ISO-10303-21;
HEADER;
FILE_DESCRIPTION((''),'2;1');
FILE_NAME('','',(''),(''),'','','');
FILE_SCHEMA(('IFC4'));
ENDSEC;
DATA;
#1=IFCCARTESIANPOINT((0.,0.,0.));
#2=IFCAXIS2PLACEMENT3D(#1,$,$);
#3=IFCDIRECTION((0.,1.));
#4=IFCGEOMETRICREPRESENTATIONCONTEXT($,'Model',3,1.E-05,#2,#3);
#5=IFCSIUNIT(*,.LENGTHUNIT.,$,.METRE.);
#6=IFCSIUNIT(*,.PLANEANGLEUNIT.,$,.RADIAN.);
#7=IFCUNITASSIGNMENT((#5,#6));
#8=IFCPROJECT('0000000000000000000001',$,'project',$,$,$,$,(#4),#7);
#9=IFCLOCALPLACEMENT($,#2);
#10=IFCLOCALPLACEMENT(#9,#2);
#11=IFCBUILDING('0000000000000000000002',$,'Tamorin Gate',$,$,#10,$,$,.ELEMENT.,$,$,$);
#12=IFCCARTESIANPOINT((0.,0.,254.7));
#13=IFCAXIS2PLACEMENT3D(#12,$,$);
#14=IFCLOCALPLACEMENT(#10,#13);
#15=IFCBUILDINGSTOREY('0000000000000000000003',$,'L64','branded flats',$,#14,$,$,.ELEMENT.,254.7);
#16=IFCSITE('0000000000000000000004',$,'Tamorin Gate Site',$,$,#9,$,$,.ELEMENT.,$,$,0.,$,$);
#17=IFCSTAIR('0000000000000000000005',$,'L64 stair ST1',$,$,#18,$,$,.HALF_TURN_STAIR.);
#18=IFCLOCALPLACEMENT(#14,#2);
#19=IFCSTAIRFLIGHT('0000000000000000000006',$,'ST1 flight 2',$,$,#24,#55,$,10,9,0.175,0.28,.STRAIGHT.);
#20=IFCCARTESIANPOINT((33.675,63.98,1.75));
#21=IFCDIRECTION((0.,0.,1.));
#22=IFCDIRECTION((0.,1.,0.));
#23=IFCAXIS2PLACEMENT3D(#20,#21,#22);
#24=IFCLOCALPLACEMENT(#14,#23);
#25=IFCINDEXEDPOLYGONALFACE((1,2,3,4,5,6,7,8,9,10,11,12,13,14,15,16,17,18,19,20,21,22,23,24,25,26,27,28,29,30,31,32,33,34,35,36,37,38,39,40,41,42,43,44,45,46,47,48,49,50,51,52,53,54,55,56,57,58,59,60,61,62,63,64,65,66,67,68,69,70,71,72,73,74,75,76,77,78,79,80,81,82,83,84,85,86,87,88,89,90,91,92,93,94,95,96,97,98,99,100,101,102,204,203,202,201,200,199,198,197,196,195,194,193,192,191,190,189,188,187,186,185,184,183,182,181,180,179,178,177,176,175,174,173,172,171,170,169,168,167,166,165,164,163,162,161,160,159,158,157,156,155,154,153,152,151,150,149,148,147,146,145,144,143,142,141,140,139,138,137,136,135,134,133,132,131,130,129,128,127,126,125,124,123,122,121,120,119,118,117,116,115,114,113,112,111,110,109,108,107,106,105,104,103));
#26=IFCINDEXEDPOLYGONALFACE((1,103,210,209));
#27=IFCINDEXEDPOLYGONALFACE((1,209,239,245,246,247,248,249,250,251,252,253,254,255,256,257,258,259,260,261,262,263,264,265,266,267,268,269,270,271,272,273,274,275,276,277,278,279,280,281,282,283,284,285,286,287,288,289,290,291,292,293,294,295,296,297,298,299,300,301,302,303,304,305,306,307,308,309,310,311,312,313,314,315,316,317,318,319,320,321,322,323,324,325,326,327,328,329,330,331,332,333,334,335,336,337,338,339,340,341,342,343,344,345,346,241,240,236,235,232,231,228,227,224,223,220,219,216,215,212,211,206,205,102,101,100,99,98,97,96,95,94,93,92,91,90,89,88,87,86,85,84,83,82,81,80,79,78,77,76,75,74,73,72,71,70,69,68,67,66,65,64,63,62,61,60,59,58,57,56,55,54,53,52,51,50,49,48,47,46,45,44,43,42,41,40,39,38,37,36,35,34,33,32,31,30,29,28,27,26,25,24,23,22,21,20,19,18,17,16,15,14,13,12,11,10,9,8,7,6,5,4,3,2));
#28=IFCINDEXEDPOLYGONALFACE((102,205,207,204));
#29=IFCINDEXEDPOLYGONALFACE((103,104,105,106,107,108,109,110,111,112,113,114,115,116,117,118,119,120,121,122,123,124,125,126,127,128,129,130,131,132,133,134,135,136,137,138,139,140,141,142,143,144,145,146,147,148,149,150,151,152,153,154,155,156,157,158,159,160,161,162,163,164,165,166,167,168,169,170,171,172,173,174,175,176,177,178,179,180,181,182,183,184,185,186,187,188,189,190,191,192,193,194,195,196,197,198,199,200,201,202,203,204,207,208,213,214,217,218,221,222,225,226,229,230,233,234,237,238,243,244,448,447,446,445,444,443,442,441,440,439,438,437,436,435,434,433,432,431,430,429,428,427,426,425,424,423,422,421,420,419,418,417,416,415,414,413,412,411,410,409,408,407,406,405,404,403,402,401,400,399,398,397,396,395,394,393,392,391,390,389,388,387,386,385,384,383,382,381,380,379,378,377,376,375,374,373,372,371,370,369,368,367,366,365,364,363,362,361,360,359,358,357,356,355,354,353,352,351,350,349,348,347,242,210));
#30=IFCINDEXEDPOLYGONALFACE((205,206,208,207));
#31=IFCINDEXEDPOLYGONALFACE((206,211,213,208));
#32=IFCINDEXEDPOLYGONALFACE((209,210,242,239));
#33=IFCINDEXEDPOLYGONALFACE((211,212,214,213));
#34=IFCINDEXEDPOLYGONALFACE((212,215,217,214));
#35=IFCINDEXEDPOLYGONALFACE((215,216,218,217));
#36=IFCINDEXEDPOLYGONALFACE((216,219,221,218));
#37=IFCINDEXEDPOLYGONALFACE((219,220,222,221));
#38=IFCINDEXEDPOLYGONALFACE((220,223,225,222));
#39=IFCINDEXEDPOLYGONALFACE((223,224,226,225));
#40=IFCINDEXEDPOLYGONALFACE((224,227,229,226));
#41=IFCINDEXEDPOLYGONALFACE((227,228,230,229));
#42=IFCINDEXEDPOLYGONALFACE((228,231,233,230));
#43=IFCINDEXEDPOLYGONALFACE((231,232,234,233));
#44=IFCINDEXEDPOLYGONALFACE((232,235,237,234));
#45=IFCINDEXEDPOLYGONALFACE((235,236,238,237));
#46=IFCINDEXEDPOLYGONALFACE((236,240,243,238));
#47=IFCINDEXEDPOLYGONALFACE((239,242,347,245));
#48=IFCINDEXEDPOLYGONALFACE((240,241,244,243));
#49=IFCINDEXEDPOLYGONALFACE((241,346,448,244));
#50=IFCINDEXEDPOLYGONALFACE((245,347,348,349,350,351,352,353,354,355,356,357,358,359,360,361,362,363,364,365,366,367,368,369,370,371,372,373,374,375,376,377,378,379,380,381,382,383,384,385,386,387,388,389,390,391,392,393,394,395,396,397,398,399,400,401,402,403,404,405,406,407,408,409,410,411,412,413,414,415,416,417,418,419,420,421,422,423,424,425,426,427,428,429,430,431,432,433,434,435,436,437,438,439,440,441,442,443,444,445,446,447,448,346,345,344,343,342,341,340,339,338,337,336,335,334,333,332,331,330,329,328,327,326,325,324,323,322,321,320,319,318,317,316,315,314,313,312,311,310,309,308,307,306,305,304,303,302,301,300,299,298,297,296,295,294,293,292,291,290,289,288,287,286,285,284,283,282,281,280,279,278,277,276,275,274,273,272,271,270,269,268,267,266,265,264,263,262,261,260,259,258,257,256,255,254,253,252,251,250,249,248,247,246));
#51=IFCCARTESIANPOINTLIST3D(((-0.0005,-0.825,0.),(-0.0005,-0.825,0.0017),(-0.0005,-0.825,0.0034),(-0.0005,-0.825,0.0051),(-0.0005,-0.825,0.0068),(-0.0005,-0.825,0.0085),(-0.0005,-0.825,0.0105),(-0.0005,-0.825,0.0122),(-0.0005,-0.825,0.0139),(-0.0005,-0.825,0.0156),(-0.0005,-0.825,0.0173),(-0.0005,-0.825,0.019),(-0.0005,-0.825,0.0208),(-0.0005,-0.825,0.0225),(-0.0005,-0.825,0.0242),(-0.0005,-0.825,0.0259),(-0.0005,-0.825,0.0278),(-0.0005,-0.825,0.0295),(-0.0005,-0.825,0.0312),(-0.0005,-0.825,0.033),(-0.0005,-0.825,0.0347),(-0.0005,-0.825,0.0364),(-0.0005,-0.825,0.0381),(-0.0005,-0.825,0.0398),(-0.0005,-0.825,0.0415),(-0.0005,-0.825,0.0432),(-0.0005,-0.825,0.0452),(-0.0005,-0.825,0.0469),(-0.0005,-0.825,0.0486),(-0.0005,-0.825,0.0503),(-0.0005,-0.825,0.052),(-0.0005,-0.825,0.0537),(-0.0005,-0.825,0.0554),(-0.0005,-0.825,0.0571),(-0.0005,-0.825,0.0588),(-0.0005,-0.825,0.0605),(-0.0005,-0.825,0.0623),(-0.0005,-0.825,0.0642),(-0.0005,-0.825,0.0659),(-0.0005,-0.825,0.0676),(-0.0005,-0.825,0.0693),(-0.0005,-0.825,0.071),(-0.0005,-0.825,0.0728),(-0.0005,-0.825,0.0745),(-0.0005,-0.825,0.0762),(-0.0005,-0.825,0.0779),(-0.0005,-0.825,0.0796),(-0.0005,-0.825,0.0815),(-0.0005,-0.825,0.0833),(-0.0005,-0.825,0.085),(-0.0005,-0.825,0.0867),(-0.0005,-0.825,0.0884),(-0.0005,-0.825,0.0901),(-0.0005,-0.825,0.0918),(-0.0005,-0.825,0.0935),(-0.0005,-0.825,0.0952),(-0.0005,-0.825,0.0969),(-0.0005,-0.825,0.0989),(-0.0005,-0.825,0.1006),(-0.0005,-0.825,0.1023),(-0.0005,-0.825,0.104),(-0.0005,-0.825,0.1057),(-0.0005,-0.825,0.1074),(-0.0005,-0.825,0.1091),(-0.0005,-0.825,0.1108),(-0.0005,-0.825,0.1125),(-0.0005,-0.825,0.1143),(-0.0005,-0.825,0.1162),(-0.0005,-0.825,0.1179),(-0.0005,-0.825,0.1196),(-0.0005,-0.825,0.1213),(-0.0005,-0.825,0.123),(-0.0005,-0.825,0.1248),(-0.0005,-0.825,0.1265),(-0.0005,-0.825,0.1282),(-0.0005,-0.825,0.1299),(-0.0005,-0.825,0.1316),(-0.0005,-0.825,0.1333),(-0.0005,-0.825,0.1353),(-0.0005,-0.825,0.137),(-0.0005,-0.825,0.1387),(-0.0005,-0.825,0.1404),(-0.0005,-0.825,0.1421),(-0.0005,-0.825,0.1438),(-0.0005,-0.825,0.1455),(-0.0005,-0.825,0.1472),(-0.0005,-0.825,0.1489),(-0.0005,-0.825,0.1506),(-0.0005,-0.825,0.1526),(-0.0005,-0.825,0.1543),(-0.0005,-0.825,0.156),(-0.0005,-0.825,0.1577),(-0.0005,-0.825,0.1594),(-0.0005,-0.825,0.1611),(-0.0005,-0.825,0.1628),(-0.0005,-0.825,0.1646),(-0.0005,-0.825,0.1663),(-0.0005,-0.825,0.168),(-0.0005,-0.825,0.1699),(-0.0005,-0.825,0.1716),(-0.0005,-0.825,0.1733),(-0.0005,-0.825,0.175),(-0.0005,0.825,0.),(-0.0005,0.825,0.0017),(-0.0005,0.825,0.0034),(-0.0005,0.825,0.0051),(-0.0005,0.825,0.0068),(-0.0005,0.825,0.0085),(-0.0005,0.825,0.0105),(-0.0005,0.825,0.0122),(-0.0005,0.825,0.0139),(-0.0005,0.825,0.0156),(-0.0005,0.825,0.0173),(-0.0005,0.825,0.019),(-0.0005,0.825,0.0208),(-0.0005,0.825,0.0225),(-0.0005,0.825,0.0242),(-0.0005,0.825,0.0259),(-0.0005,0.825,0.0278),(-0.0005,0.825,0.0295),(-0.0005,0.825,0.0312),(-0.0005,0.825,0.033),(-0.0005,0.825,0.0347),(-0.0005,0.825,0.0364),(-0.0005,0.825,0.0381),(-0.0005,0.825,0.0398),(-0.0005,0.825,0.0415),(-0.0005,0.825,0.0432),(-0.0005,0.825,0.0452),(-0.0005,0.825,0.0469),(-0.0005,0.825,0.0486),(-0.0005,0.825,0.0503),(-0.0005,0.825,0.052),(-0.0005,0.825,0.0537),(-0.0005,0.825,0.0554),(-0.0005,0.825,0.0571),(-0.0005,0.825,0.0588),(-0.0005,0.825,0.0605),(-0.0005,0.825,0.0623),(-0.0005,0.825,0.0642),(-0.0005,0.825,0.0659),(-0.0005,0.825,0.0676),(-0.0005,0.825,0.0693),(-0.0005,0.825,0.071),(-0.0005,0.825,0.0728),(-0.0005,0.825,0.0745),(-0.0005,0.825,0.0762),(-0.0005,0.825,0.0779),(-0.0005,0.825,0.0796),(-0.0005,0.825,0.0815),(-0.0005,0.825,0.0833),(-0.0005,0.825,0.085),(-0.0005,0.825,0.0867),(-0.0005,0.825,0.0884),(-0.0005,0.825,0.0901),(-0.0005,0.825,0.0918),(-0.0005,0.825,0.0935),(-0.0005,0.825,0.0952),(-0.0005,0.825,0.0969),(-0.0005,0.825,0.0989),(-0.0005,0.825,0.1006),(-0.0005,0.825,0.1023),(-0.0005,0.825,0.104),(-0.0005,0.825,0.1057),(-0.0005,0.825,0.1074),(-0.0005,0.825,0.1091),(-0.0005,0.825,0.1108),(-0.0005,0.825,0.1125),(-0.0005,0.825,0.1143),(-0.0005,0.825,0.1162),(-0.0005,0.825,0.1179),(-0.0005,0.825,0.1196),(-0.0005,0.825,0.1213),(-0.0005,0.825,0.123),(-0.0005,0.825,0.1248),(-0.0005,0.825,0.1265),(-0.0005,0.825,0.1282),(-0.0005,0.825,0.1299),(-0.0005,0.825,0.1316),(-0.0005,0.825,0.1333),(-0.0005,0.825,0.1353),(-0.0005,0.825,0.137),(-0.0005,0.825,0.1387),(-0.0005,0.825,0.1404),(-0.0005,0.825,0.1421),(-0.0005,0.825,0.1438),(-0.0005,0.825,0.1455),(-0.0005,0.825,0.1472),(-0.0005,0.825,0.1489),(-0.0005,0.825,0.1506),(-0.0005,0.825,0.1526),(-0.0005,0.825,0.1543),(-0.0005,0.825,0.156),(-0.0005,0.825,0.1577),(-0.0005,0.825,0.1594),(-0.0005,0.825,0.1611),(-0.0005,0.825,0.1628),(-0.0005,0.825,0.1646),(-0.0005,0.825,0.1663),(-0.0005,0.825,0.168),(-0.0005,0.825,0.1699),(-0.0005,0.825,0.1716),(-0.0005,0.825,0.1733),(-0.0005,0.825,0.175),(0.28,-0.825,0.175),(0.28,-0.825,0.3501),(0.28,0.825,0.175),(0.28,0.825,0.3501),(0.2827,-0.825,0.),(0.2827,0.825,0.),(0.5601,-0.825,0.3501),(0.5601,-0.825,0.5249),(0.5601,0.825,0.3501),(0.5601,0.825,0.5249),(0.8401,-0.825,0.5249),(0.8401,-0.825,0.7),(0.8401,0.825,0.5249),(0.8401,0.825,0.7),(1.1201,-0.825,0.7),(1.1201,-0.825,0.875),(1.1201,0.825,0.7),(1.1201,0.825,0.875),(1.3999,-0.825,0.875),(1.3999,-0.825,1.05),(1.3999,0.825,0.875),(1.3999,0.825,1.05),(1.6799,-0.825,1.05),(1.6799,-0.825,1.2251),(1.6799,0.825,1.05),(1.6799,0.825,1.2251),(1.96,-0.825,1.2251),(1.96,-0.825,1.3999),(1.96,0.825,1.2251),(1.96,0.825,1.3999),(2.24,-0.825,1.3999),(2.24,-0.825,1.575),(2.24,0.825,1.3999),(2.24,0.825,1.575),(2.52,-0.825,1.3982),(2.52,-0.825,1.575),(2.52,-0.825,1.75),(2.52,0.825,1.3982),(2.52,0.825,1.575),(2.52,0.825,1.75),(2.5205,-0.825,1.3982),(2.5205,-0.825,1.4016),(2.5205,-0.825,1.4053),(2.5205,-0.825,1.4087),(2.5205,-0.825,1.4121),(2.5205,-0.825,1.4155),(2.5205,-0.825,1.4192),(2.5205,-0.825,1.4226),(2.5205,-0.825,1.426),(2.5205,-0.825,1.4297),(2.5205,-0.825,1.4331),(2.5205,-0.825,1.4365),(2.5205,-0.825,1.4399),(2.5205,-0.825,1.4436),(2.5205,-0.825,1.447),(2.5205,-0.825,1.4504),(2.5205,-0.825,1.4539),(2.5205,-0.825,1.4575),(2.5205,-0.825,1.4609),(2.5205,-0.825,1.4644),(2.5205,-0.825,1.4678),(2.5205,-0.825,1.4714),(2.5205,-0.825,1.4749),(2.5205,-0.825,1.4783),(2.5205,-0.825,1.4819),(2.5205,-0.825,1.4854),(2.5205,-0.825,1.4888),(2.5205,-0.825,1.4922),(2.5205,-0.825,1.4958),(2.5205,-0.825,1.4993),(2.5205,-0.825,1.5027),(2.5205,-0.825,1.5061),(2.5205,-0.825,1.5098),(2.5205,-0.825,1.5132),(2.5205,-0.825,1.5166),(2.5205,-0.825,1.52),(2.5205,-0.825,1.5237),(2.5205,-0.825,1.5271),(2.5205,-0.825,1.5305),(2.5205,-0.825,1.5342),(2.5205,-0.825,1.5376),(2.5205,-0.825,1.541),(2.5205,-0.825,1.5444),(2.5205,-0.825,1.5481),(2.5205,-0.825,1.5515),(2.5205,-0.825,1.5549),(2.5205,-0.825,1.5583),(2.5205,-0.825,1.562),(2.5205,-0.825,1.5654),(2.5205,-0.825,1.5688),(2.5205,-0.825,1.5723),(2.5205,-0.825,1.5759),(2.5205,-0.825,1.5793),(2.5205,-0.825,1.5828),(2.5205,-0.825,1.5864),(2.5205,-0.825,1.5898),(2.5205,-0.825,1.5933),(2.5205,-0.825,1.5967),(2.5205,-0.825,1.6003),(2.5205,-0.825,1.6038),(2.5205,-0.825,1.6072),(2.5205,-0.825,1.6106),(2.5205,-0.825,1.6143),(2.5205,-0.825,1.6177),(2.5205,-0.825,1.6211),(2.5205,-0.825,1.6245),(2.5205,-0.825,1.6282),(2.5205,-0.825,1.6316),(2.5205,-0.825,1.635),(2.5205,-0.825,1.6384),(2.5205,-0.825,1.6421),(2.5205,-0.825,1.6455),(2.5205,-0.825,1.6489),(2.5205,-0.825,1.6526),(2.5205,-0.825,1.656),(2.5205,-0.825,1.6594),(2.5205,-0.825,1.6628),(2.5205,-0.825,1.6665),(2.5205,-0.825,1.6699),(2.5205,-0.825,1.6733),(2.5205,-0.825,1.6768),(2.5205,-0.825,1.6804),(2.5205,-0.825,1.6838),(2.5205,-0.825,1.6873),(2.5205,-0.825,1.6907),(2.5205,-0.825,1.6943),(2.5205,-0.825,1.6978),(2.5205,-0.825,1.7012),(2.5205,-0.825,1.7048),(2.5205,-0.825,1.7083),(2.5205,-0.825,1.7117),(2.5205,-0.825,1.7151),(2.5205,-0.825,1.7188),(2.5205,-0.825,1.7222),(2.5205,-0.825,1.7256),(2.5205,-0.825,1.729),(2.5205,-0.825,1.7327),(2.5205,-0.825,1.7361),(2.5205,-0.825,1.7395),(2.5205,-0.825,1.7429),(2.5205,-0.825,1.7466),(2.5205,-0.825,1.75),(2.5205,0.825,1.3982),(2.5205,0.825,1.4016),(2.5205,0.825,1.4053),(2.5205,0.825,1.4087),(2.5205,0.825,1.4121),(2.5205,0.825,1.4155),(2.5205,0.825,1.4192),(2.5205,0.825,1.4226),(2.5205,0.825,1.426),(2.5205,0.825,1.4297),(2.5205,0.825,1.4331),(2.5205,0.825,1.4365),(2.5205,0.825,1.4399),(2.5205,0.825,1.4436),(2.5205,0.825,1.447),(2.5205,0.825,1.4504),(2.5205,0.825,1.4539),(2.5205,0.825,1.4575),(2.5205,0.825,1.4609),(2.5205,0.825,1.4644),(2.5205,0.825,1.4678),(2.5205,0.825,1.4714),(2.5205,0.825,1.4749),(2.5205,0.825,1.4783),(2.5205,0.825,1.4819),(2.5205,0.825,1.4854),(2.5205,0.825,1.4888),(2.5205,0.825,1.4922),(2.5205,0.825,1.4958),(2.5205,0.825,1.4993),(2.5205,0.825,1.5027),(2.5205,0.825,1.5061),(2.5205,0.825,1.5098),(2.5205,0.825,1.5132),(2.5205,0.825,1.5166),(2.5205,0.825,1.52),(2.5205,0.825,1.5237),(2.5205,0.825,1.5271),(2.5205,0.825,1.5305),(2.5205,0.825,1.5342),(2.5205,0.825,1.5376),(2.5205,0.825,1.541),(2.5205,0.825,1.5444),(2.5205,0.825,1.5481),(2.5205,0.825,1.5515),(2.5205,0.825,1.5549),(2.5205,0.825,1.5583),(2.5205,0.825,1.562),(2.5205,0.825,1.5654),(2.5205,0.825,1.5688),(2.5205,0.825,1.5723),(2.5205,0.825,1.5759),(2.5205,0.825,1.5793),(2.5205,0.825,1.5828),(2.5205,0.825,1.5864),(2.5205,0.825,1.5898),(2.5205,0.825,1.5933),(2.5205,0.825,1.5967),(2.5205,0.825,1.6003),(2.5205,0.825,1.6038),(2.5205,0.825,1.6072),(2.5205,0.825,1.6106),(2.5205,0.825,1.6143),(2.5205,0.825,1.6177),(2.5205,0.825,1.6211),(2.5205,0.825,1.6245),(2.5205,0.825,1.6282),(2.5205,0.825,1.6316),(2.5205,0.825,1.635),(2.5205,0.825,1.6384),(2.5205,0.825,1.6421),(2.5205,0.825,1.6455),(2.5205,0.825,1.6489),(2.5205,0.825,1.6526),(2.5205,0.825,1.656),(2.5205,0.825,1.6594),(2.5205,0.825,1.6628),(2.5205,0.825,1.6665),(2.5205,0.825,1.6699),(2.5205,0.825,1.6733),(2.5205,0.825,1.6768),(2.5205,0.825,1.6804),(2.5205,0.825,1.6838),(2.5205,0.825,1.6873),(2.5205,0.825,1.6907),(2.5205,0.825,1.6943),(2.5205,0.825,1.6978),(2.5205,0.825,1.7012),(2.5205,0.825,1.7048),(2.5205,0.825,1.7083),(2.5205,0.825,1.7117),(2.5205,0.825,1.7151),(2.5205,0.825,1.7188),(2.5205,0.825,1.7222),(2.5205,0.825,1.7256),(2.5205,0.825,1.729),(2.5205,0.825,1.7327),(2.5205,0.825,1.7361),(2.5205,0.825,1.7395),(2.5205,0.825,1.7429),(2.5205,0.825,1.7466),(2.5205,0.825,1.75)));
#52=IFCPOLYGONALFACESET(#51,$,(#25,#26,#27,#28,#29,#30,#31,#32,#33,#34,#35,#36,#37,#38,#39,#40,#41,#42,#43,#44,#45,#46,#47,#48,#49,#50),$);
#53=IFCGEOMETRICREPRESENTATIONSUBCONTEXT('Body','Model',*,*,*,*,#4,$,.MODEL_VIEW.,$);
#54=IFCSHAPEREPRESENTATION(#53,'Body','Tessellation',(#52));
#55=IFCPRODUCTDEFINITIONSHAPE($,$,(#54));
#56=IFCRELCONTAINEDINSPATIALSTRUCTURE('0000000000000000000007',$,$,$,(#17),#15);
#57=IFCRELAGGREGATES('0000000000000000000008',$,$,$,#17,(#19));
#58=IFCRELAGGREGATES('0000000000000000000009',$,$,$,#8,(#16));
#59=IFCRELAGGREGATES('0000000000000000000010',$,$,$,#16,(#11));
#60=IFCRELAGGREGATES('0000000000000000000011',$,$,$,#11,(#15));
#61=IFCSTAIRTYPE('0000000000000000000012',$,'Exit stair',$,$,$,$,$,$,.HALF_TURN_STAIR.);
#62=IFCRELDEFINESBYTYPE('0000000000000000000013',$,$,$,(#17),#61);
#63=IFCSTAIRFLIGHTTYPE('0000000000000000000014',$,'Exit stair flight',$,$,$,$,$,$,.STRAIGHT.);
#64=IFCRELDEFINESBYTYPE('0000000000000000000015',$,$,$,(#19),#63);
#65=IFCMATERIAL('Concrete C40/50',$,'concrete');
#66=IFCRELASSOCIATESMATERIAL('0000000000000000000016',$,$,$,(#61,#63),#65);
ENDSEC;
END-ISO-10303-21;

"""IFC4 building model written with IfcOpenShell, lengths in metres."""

from ifc_helpers import new_model, si_unit, direction, frame, origin, place, context, subcontext, project, spatial, polyline, outline, extrude, material, type_object, element, aggregate, save


model = new_model("IFC4")

# Units and contexts
model_context = context("Model", 3, precision=1e-05, world=origin(), true_north=direction((0.0, 1.0)))
body_context = subcontext(model_context, "Body", "Model", "MODEL_VIEW")
ifc_project = project(units=[si_unit("LENGTHUNIT", "METRE"), si_unit("PLANEANGLEUNIT", "RADIAN")], contexts=[model_context])

# Site, building, storey
site_placement = place(None, origin())
site = spatial("IfcSite", under=ifc_project, at=site_placement, Name="Tamorin Gate Site", CompositionType="ELEMENT", RefElevation=0.0)
building_placement = place(site_placement, origin())
building = spatial("IfcBuilding", under=site, at=building_placement, Name="Tamorin Gate", CompositionType="ELEMENT")
storey_placement = place(building_placement, frame((0.0, 0.0, 254.7)))
storey = spatial("IfcBuildingStorey", under=building, at=storey_placement, Name="L64", Description="branded flats", CompositionType="ELEMENT", Elevation=254.7)

# Shared definitions
ifc_material_1 = material(Name="Concrete C40/50", Category="concrete")

# Stair, stair flight
stair_type = type_object("IfcStairType", Name="Exit stair", PredefinedType="HALF_TURN_STAIR", material=ifc_material_1)
stair_1_placement = place(storey_placement, origin())
stair_1 = element("IfcStair", 1, at=stair_1_placement, inside=storey, type_object=stair_type, Name="L64 stair ST1", PredefinedType="HALF_TURN_STAIR")
stair_flight_type = type_object("IfcStairFlightType", Name="Exit stair flight", PredefinedType="STRAIGHT", material=ifc_material_1)
stair_flight_1_placement = place(storey_placement, frame((33.675, 63.98, 1.75), z_axis=(0.0, 0.0, 1.0), x_axis=(0.0, 1.0, 0.0)))
stair_flight_1 = element("IfcStairFlight", 2, at=stair_flight_1_placement, type_object=stair_flight_type, Name="ST1 flight 2", NumberOfRisers=10, NumberOfTreads=9, PredefinedType="STRAIGHT", RiserHeight=0.175, TreadLength=0.28, context=body_context, shape_type="SweptSolid", body=[
    extrude(outline(polyline([(-0.0005, 0.0), (-0.0005, 0.0017), (-0.0005, 0.0034), (-0.0005, 0.0051), (-0.0005, 0.0068), (-0.0005, 0.0085), (-0.0005, 0.0105), (-0.0005, 0.0122), (-0.0005, 0.0139), (-0.0005, 0.0156), (-0.0005, 0.0173), (-0.0005, 0.019), (-0.0005, 0.0208), (-0.0005, 0.0225), (-0.0005, 0.0242), (-0.0005, 0.0259), (-0.0005, 0.0278), (-0.0005, 0.0295), (-0.0005, 0.0312), (-0.0005, 0.033), (-0.0005, 0.0347), (-0.0005, 0.0364), (-0.0005, 0.0381), (-0.0005, 0.0398), (-0.0005, 0.0415), (-0.0005, 0.0432), (-0.0005, 0.0452), (-0.0005, 0.0469), (-0.0005, 0.0486), (-0.0005, 0.0503), (-0.0005, 0.052), (-0.0005, 0.0537), (-0.0005, 0.0554), (-0.0005, 0.0571), (-0.0005, 0.0588), (-0.0005, 0.0605), (-0.0005, 0.0623), (-0.0005, 0.0642), (-0.0005, 0.0659), (-0.0005, 0.0676), (-0.0005, 0.0693), (-0.0005, 0.071), (-0.0005, 0.0728), (-0.0005, 0.0745), (-0.0005, 0.0762), (-0.0005, 0.0779), (-0.0005, 0.0796), (-0.0005, 0.0815), (-0.0005, 0.0833), (-0.0005, 0.085), (-0.0005, 0.0867), (-0.0005, 0.0884), (-0.0005, 0.0901), (-0.0005, 0.0918), (-0.0005, 0.0935), (-0.0005, 0.0952), (-0.0005, 0.0969), (-0.0005, 0.0989), (-0.0005, 0.1006), (-0.0005, 0.1023), (-0.0005, 0.104), (-0.0005, 0.1057), (-0.0005, 0.1074), (-0.0005, 0.1091), (-0.0005, 0.1108), (-0.0005, 0.1125), (-0.0005, 0.1143), (-0.0005, 0.1162), (-0.0005, 0.1179), (-0.0005, 0.1196), (-0.0005, 0.1213), (-0.0005, 0.123), (-0.0005, 0.1248), (-0.0005, 0.1265), (-0.0005, 0.1282), (-0.0005, 0.1299), (-0.0005, 0.1316), (-0.0005, 0.1333), (-0.0005, 0.1353), (-0.0005, 0.137), (-0.0005, 0.1387), (-0.0005, 0.1404), (-0.0005, 0.1421), (-0.0005, 0.1438), (-0.0005, 0.1455), (-0.0005, 0.1472), (-0.0005, 0.1489), (-0.0005, 0.1506), (-0.0005, 0.1526), (-0.0005, 0.1543), (-0.0005, 0.156), (-0.0005, 0.1577), (-0.0005, 0.1594), (-0.0005, 0.1611), (-0.0005, 0.1628), (-0.0005, 0.1646), (-0.0005, 0.1663), (-0.0005, 0.168), (-0.0005, 0.1699), (-0.0005, 0.1716), (-0.0005, 0.1733), (-0.0005, 0.175), (0.28, 0.175), (0.28, 0.3501), (0.5601, 0.3501), (0.5601, 0.5249), (0.8401, 0.5249), (0.8401, 0.7), (1.1201, 0.7), (1.1201, 0.875), (1.3999, 0.875), (1.3999, 1.05), (1.6799, 1.05), (1.6799, 1.2251), (1.96, 1.2251), (1.96, 1.3999), (2.24, 1.3999), (2.24, 1.575), (2.52, 1.575), (2.52, 1.75), (2.5205, 1.75), (2.5205, 1.7466), (2.5205, 1.7429), (2.5205, 1.7395), (2.5205, 1.7361), (2.5205, 1.7327), (2.5205, 1.729), (2.5205, 1.7256), (2.5205, 1.7222), (2.5205, 1.7188), (2.5205, 1.7151), (2.5205, 1.7117), (2.5205, 1.7083), (2.5205, 1.7048), (2.5205, 1.7012), (2.5205, 1.6978), (2.5205, 1.6943), (2.5205, 1.6907), (2.5205, 1.6873), (2.5205, 1.6838), (2.5205, 1.6804), (2.5205, 1.6768), (2.5205, 1.6733), (2.5205, 1.6699), (2.5205, 1.6665), (2.5205, 1.6628), (2.5205, 1.6594), (2.5205, 1.656), (2.5205, 1.6526), (2.5205, 1.6489), (2.5205, 1.6455), (2.5205, 1.6421), (2.5205, 1.6384), (2.5205, 1.635), (2.5205, 1.6316), (2.5205, 1.6282), (2.5205, 1.6245), (2.5205, 1.6211), (2.5205, 1.6177), (2.5205, 1.6143), (2.5205, 1.6106), (2.5205, 1.6072), (2.5205, 1.6038), (2.5205, 1.6003), (2.5205, 1.5967), (2.5205, 1.5933), (2.5205, 1.5898), (2.5205, 1.5864), (2.5205, 1.5828), (2.5205, 1.5793), (2.5205, 1.5759), (2.5205, 1.5723), (2.5205, 1.5688), (2.5205, 1.5654), (2.5205, 1.562), (2.5205, 1.5583), (2.5205, 1.5549), (2.5205, 1.5515), (2.5205, 1.5481), (2.5205, 1.5444), (2.5205, 1.541), (2.5205, 1.5376), (2.5205, 1.5342), (2.5205, 1.5305), (2.5205, 1.5271), (2.5205, 1.5237), (2.5205, 1.52), (2.5205, 1.5166), (2.5205, 1.5132), (2.5205, 1.5098), (2.5205, 1.5061), (2.5205, 1.5027), (2.5205, 1.4993), (2.5205, 1.4958), (2.5205, 1.4922), (2.5205, 1.4888), (2.5205, 1.4854), (2.5205, 1.4819), (2.5205, 1.4783), (2.5205, 1.4749), (2.5205, 1.4714), (2.5205, 1.4678), (2.5205, 1.4644), (2.5205, 1.4609), (2.5205, 1.4575), (2.5205, 1.4539), (2.5205, 1.4504), (2.5205, 1.447), (2.5205, 1.4436), (2.5205, 1.4399), (2.5205, 1.4365), (2.5205, 1.4331), (2.5205, 1.4297), (2.5205, 1.426), (2.5205, 1.4226), (2.5205, 1.4192), (2.5205, 1.4155), (2.5205, 1.4121), (2.5205, 1.4087), (2.5205, 1.4053), (2.5205, 1.4016), (2.5205, 1.3982), (2.52, 1.3982), (0.2827, 0.0), (-0.0005, 0.0)])), frame((0.0, 0.825, 0.0), z_axis=(0.0, -1.0, 0.0), x_axis=(1.0, 0.0, 0.0)), (0.0, 0.0, 1.0), 1.6499),
])
aggregate(stair_1, [stair_flight_1])

save(model, "model.ifc")
